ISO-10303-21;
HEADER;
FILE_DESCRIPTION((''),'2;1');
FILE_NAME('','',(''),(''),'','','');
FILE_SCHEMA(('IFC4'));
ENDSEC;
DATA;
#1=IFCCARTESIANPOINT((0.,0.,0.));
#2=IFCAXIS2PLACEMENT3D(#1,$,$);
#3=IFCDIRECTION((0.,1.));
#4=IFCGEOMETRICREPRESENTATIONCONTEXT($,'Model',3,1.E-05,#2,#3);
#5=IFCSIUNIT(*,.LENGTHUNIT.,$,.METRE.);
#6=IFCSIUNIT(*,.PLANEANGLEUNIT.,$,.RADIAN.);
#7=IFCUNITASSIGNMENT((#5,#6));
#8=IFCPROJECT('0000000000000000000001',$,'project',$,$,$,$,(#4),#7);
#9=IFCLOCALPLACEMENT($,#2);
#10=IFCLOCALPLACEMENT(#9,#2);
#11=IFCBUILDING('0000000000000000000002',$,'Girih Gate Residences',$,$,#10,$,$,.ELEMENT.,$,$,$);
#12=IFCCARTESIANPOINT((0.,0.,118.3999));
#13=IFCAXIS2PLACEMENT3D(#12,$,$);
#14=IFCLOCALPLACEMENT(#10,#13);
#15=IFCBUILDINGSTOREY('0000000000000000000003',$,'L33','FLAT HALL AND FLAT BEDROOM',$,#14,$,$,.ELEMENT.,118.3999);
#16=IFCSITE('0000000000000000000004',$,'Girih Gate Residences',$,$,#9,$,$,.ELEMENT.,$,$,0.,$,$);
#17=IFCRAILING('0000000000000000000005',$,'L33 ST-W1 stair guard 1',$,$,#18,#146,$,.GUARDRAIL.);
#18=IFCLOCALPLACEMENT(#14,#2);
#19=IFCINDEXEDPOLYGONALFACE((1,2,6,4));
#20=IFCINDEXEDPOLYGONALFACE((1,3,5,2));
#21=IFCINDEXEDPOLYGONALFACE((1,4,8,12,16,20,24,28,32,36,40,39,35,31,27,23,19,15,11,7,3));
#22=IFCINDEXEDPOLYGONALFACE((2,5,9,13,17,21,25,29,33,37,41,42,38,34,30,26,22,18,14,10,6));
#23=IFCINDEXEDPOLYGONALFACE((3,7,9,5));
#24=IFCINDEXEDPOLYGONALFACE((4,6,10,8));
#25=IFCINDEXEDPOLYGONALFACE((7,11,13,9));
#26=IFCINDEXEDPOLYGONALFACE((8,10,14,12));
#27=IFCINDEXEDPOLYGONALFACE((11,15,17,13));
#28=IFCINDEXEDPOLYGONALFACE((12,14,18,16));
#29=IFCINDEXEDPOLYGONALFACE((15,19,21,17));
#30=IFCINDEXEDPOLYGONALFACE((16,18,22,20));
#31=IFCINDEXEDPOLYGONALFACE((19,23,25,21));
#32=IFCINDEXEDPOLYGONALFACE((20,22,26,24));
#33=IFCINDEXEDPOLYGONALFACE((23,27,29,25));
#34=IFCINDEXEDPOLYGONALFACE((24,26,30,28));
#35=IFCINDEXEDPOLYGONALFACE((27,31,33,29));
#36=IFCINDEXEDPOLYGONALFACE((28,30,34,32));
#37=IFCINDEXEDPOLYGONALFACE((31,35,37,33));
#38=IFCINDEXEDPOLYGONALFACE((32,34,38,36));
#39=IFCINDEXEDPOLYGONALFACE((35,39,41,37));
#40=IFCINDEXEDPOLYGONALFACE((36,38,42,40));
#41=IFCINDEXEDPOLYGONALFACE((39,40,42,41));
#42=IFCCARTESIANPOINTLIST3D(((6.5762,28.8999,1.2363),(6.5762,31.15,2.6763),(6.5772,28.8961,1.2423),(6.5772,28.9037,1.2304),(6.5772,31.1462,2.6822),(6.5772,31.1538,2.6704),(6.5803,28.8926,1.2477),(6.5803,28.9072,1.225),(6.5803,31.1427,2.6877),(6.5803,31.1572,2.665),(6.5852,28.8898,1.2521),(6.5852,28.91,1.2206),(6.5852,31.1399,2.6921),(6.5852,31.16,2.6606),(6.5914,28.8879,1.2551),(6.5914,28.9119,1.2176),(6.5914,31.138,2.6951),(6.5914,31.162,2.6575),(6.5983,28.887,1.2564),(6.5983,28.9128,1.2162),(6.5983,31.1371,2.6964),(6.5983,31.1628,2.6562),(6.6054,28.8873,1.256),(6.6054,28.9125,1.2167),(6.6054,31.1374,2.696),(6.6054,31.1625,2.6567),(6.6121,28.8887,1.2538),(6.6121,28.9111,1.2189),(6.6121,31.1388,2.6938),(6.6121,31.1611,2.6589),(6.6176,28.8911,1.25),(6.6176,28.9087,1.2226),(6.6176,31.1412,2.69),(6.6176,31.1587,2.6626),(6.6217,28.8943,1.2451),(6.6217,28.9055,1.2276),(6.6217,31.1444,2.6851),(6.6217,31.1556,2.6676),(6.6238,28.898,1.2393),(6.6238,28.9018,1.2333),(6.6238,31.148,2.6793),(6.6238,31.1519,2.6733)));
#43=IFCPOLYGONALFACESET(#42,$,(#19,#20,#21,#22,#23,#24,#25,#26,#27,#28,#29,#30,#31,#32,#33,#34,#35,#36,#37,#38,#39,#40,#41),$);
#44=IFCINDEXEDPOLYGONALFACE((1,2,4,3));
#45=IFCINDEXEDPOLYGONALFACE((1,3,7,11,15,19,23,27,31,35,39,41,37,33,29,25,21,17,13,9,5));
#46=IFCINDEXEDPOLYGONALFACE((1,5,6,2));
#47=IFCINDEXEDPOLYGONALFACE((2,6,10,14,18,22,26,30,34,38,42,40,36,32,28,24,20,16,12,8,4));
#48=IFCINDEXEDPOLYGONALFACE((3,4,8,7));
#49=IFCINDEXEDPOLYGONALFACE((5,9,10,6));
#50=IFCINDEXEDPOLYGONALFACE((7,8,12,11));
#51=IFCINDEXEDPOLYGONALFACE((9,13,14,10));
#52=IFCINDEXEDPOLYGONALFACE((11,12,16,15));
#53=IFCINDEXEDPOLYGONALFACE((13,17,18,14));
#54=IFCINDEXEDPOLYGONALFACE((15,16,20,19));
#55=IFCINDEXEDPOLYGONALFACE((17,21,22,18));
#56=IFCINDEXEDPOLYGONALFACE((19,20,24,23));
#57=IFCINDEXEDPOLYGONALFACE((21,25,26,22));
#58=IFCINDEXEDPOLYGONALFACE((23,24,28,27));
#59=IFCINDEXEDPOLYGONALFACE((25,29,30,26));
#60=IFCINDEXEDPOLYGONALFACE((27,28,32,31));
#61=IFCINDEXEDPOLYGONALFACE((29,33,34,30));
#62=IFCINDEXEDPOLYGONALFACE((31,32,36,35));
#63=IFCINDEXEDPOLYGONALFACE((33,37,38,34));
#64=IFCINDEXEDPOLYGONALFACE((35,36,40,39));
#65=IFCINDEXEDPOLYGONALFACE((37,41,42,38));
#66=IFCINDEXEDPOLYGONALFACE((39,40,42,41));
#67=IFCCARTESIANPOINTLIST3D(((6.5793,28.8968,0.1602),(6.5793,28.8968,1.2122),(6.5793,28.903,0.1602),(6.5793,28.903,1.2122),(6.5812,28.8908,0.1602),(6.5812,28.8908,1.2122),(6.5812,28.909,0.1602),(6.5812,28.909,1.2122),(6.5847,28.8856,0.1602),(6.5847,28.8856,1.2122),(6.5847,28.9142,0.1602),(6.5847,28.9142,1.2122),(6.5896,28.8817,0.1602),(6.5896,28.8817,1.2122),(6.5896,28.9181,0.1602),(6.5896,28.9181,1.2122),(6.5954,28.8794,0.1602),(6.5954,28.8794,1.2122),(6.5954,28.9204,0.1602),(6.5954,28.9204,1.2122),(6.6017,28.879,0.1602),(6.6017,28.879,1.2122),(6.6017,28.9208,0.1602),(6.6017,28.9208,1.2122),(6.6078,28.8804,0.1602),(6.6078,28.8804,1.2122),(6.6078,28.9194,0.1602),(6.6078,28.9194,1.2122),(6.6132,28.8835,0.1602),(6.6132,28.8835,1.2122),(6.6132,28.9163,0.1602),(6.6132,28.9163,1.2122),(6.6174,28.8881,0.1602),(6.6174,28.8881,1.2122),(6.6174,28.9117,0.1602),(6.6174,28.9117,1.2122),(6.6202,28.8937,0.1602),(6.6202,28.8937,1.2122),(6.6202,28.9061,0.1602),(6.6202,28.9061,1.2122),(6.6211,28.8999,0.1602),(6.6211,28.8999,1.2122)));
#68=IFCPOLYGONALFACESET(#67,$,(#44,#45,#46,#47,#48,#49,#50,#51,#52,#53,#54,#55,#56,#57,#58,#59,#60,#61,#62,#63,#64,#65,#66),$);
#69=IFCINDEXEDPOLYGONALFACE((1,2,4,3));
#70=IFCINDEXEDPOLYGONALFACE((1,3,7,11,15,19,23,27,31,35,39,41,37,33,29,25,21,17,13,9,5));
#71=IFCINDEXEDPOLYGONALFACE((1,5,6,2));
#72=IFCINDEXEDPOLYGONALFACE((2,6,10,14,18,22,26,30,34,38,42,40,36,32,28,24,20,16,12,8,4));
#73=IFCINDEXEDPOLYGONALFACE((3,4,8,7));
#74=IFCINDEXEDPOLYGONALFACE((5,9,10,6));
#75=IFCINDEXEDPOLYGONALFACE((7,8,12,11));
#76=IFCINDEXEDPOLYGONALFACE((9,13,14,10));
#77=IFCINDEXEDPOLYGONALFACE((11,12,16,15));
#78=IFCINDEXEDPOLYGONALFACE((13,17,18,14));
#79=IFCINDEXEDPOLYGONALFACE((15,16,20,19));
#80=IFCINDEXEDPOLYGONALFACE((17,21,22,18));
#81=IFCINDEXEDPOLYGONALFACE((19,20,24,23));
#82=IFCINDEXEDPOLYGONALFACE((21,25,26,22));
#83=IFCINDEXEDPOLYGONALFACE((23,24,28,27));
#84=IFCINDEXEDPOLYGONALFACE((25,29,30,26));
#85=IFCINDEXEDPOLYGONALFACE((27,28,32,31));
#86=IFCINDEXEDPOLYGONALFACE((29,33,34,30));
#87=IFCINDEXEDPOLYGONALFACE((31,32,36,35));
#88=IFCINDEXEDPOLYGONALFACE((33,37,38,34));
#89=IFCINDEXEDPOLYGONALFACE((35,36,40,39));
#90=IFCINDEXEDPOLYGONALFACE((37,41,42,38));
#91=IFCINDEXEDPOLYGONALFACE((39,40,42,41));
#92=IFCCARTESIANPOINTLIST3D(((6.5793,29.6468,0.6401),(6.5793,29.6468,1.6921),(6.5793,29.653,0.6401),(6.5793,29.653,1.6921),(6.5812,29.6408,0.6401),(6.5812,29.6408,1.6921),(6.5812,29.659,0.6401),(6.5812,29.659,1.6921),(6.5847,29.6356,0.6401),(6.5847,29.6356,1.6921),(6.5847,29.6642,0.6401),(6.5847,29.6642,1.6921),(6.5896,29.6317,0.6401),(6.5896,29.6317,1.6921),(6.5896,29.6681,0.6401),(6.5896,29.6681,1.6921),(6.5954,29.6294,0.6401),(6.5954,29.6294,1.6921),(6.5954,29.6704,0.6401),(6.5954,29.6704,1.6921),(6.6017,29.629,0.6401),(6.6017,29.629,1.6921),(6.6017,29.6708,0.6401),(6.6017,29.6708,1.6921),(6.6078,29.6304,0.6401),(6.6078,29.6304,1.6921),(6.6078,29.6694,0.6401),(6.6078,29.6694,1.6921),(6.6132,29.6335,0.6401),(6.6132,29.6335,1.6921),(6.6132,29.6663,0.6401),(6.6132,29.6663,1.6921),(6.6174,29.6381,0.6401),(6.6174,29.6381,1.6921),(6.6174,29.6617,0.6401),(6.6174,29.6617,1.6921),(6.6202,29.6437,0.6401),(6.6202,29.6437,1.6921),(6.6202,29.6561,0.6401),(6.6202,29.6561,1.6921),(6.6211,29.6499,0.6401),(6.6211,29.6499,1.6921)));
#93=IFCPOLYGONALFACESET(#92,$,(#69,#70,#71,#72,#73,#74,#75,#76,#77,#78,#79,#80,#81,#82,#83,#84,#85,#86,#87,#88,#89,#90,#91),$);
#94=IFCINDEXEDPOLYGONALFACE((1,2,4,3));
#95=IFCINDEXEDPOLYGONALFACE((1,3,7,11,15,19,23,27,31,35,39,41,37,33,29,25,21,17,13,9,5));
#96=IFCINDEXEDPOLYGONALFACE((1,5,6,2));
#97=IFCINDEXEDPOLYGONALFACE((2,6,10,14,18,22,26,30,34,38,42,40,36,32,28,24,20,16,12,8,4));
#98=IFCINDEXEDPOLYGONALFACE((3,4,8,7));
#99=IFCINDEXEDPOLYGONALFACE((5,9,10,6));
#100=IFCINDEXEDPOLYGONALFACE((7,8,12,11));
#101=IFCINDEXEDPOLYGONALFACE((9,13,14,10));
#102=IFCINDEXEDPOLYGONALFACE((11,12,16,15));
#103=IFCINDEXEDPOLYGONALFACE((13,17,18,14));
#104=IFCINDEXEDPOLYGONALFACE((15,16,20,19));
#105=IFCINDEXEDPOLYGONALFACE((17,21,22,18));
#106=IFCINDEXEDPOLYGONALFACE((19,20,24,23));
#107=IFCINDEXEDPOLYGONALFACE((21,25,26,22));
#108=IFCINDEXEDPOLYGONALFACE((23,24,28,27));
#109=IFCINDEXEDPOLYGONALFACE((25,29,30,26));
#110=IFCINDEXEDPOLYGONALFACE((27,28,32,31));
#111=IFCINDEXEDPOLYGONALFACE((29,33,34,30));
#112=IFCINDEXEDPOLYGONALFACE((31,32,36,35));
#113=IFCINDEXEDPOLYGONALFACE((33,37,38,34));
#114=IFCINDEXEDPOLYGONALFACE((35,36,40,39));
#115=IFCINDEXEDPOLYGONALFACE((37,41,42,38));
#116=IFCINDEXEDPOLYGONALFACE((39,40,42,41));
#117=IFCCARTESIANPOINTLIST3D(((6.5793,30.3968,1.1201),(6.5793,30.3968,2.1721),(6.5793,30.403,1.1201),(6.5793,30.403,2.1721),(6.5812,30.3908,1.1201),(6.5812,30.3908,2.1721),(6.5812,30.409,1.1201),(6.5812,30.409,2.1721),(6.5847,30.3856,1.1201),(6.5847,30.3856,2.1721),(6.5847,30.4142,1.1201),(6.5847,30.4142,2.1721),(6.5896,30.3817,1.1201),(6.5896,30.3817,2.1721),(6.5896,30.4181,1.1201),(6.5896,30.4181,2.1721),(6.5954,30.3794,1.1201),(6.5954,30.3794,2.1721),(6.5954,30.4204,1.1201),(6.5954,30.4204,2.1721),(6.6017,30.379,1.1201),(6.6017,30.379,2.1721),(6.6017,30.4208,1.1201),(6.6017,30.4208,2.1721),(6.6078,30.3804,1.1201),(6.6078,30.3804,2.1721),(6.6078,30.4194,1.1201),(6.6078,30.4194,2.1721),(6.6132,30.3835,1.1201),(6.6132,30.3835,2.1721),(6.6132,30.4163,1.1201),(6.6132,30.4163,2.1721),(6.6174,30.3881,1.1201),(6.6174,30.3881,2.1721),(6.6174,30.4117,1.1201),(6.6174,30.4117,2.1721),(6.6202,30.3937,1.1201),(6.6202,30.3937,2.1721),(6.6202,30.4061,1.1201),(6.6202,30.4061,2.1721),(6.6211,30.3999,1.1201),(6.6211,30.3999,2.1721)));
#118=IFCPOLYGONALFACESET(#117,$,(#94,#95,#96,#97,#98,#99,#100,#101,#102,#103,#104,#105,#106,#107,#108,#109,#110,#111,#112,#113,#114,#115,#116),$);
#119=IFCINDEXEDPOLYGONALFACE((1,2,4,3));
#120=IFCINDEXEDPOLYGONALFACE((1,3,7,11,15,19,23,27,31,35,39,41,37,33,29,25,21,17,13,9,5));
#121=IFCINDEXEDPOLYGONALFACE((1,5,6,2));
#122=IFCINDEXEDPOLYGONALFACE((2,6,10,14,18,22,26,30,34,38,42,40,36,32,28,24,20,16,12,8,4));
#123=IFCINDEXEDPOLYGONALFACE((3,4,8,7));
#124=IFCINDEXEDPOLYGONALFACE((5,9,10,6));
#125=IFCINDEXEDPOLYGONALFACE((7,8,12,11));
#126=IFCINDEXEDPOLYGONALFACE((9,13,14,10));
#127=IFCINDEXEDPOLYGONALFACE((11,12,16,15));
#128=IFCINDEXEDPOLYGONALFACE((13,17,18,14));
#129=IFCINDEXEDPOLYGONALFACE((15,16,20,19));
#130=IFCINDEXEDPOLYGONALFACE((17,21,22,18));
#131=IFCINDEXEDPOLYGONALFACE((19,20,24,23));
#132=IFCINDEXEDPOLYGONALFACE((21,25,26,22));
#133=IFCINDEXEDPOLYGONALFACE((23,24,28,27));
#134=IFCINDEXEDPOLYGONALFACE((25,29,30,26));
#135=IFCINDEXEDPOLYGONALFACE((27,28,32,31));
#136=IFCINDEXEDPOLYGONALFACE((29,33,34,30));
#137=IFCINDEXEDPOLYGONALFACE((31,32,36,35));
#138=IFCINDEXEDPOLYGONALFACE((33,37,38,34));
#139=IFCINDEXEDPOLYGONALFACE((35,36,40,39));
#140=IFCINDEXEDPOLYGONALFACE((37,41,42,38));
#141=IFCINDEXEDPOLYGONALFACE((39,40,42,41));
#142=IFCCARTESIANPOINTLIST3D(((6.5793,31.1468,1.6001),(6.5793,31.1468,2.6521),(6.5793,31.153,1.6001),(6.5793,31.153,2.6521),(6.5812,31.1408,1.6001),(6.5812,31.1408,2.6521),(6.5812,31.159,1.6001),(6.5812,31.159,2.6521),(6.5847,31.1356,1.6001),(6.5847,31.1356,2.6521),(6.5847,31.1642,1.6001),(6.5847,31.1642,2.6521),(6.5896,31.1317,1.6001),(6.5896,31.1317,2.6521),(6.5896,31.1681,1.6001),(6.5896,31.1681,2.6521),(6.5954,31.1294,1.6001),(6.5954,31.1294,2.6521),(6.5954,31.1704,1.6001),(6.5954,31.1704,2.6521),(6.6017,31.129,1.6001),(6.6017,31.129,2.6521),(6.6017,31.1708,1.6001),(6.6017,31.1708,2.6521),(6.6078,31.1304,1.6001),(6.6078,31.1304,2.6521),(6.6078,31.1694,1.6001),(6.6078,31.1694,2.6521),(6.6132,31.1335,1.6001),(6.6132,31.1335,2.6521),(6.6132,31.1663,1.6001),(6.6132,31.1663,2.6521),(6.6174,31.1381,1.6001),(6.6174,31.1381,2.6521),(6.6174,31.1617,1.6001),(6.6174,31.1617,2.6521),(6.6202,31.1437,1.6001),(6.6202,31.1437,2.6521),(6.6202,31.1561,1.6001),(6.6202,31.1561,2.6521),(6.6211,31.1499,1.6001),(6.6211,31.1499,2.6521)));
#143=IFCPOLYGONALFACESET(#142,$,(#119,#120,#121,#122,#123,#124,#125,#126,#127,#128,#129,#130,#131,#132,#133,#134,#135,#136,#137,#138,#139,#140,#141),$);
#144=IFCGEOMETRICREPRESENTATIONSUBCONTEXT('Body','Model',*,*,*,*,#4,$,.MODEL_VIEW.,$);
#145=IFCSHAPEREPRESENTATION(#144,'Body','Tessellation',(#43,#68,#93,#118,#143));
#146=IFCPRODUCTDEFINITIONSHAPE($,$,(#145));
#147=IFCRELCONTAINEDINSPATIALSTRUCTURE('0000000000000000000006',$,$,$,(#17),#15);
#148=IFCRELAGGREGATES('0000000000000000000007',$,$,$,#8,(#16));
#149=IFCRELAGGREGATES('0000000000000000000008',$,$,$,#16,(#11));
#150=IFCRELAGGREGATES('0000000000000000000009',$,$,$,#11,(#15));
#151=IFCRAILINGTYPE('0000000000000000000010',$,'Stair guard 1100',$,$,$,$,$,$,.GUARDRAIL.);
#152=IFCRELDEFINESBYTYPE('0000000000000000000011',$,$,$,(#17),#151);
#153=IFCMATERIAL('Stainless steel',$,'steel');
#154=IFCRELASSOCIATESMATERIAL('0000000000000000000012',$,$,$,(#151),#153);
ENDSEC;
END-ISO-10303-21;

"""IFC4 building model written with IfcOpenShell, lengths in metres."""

from ifc_helpers import new_model, si_unit, direction, frame, origin, origin_2d, place, context, subcontext, project, spatial, circle, extrude, material, type_object, element, save


model = new_model("IFC4")

# Units and contexts
model_context = context("Model", 3, precision=1e-05, world=origin(), true_north=direction((0.0, 1.0)))
body_context = subcontext(model_context, "Body", "Model", "MODEL_VIEW")
ifc_project = project(units=[si_unit("LENGTHUNIT", "METRE"), si_unit("PLANEANGLEUNIT", "RADIAN")], contexts=[model_context])

# Site, building, storey
site_placement = place(None, origin())
site = spatial("IfcSite", under=ifc_project, at=site_placement, Name="Girih Gate Residences", CompositionType="ELEMENT", RefElevation=0.0)
building_placement = place(site_placement, origin())
building = spatial("IfcBuilding", under=site, at=building_placement, Name="Girih Gate Residences", CompositionType="ELEMENT")
storey_placement = place(building_placement, frame((0.0, 0.0, 118.3999)))
storey = spatial("IfcBuildingStorey", under=building, at=storey_placement, Name="L33", Description="FLAT HALL AND FLAT BEDROOM", CompositionType="ELEMENT", Elevation=118.3999)

# Railing
ifc_material_1 = material(Name="Stainless steel", Category="steel")
railing_type_1 = type_object("IfcRailingType", Name="Stair guard 1100", PredefinedType="GUARDRAIL", material=ifc_material_1)
railing_1_placement = place(storey_placement, frame((6.6001, 28.8999, 0.1602)))
element("IfcRailing", 1, at=railing_1_placement, inside=storey, type_object=railing_type_1, Name="L33 ST-W1 stair guard 1", PredefinedType="GUARDRAIL", context=body_context, shape_type="SweptSolid", body=[
    extrude(circle(Radius=0.0239, at=origin_2d()), frame((0.0, 0.0, 1.0762), z_axis=(0.0, 0.842281, 0.539038), x_axis=(-1.0, 0.0, 0.0)), (0.0, 0.0, 1.0), 2.6714),
    extrude(circle(Radius=0.021, at=origin_2d()), origin(), (0.0, 0.0, 1.0), 1.052),
    extrude(circle(Radius=0.021, at=origin_2d()), frame((0.0, 0.75, 0.48)), (0.0, 0.0, 1.0), 1.052),
    extrude(circle(Radius=0.021, at=origin_2d()), frame((0.0, 1.5, 0.96)), (0.0, 0.0, 1.0), 1.052),
    extrude(circle(Radius=0.021, at=origin_2d()), frame((0.0, 2.25, 1.4399)), (0.0, 0.0, 1.0), 1.052),
])

save(model, "model.ifc")
